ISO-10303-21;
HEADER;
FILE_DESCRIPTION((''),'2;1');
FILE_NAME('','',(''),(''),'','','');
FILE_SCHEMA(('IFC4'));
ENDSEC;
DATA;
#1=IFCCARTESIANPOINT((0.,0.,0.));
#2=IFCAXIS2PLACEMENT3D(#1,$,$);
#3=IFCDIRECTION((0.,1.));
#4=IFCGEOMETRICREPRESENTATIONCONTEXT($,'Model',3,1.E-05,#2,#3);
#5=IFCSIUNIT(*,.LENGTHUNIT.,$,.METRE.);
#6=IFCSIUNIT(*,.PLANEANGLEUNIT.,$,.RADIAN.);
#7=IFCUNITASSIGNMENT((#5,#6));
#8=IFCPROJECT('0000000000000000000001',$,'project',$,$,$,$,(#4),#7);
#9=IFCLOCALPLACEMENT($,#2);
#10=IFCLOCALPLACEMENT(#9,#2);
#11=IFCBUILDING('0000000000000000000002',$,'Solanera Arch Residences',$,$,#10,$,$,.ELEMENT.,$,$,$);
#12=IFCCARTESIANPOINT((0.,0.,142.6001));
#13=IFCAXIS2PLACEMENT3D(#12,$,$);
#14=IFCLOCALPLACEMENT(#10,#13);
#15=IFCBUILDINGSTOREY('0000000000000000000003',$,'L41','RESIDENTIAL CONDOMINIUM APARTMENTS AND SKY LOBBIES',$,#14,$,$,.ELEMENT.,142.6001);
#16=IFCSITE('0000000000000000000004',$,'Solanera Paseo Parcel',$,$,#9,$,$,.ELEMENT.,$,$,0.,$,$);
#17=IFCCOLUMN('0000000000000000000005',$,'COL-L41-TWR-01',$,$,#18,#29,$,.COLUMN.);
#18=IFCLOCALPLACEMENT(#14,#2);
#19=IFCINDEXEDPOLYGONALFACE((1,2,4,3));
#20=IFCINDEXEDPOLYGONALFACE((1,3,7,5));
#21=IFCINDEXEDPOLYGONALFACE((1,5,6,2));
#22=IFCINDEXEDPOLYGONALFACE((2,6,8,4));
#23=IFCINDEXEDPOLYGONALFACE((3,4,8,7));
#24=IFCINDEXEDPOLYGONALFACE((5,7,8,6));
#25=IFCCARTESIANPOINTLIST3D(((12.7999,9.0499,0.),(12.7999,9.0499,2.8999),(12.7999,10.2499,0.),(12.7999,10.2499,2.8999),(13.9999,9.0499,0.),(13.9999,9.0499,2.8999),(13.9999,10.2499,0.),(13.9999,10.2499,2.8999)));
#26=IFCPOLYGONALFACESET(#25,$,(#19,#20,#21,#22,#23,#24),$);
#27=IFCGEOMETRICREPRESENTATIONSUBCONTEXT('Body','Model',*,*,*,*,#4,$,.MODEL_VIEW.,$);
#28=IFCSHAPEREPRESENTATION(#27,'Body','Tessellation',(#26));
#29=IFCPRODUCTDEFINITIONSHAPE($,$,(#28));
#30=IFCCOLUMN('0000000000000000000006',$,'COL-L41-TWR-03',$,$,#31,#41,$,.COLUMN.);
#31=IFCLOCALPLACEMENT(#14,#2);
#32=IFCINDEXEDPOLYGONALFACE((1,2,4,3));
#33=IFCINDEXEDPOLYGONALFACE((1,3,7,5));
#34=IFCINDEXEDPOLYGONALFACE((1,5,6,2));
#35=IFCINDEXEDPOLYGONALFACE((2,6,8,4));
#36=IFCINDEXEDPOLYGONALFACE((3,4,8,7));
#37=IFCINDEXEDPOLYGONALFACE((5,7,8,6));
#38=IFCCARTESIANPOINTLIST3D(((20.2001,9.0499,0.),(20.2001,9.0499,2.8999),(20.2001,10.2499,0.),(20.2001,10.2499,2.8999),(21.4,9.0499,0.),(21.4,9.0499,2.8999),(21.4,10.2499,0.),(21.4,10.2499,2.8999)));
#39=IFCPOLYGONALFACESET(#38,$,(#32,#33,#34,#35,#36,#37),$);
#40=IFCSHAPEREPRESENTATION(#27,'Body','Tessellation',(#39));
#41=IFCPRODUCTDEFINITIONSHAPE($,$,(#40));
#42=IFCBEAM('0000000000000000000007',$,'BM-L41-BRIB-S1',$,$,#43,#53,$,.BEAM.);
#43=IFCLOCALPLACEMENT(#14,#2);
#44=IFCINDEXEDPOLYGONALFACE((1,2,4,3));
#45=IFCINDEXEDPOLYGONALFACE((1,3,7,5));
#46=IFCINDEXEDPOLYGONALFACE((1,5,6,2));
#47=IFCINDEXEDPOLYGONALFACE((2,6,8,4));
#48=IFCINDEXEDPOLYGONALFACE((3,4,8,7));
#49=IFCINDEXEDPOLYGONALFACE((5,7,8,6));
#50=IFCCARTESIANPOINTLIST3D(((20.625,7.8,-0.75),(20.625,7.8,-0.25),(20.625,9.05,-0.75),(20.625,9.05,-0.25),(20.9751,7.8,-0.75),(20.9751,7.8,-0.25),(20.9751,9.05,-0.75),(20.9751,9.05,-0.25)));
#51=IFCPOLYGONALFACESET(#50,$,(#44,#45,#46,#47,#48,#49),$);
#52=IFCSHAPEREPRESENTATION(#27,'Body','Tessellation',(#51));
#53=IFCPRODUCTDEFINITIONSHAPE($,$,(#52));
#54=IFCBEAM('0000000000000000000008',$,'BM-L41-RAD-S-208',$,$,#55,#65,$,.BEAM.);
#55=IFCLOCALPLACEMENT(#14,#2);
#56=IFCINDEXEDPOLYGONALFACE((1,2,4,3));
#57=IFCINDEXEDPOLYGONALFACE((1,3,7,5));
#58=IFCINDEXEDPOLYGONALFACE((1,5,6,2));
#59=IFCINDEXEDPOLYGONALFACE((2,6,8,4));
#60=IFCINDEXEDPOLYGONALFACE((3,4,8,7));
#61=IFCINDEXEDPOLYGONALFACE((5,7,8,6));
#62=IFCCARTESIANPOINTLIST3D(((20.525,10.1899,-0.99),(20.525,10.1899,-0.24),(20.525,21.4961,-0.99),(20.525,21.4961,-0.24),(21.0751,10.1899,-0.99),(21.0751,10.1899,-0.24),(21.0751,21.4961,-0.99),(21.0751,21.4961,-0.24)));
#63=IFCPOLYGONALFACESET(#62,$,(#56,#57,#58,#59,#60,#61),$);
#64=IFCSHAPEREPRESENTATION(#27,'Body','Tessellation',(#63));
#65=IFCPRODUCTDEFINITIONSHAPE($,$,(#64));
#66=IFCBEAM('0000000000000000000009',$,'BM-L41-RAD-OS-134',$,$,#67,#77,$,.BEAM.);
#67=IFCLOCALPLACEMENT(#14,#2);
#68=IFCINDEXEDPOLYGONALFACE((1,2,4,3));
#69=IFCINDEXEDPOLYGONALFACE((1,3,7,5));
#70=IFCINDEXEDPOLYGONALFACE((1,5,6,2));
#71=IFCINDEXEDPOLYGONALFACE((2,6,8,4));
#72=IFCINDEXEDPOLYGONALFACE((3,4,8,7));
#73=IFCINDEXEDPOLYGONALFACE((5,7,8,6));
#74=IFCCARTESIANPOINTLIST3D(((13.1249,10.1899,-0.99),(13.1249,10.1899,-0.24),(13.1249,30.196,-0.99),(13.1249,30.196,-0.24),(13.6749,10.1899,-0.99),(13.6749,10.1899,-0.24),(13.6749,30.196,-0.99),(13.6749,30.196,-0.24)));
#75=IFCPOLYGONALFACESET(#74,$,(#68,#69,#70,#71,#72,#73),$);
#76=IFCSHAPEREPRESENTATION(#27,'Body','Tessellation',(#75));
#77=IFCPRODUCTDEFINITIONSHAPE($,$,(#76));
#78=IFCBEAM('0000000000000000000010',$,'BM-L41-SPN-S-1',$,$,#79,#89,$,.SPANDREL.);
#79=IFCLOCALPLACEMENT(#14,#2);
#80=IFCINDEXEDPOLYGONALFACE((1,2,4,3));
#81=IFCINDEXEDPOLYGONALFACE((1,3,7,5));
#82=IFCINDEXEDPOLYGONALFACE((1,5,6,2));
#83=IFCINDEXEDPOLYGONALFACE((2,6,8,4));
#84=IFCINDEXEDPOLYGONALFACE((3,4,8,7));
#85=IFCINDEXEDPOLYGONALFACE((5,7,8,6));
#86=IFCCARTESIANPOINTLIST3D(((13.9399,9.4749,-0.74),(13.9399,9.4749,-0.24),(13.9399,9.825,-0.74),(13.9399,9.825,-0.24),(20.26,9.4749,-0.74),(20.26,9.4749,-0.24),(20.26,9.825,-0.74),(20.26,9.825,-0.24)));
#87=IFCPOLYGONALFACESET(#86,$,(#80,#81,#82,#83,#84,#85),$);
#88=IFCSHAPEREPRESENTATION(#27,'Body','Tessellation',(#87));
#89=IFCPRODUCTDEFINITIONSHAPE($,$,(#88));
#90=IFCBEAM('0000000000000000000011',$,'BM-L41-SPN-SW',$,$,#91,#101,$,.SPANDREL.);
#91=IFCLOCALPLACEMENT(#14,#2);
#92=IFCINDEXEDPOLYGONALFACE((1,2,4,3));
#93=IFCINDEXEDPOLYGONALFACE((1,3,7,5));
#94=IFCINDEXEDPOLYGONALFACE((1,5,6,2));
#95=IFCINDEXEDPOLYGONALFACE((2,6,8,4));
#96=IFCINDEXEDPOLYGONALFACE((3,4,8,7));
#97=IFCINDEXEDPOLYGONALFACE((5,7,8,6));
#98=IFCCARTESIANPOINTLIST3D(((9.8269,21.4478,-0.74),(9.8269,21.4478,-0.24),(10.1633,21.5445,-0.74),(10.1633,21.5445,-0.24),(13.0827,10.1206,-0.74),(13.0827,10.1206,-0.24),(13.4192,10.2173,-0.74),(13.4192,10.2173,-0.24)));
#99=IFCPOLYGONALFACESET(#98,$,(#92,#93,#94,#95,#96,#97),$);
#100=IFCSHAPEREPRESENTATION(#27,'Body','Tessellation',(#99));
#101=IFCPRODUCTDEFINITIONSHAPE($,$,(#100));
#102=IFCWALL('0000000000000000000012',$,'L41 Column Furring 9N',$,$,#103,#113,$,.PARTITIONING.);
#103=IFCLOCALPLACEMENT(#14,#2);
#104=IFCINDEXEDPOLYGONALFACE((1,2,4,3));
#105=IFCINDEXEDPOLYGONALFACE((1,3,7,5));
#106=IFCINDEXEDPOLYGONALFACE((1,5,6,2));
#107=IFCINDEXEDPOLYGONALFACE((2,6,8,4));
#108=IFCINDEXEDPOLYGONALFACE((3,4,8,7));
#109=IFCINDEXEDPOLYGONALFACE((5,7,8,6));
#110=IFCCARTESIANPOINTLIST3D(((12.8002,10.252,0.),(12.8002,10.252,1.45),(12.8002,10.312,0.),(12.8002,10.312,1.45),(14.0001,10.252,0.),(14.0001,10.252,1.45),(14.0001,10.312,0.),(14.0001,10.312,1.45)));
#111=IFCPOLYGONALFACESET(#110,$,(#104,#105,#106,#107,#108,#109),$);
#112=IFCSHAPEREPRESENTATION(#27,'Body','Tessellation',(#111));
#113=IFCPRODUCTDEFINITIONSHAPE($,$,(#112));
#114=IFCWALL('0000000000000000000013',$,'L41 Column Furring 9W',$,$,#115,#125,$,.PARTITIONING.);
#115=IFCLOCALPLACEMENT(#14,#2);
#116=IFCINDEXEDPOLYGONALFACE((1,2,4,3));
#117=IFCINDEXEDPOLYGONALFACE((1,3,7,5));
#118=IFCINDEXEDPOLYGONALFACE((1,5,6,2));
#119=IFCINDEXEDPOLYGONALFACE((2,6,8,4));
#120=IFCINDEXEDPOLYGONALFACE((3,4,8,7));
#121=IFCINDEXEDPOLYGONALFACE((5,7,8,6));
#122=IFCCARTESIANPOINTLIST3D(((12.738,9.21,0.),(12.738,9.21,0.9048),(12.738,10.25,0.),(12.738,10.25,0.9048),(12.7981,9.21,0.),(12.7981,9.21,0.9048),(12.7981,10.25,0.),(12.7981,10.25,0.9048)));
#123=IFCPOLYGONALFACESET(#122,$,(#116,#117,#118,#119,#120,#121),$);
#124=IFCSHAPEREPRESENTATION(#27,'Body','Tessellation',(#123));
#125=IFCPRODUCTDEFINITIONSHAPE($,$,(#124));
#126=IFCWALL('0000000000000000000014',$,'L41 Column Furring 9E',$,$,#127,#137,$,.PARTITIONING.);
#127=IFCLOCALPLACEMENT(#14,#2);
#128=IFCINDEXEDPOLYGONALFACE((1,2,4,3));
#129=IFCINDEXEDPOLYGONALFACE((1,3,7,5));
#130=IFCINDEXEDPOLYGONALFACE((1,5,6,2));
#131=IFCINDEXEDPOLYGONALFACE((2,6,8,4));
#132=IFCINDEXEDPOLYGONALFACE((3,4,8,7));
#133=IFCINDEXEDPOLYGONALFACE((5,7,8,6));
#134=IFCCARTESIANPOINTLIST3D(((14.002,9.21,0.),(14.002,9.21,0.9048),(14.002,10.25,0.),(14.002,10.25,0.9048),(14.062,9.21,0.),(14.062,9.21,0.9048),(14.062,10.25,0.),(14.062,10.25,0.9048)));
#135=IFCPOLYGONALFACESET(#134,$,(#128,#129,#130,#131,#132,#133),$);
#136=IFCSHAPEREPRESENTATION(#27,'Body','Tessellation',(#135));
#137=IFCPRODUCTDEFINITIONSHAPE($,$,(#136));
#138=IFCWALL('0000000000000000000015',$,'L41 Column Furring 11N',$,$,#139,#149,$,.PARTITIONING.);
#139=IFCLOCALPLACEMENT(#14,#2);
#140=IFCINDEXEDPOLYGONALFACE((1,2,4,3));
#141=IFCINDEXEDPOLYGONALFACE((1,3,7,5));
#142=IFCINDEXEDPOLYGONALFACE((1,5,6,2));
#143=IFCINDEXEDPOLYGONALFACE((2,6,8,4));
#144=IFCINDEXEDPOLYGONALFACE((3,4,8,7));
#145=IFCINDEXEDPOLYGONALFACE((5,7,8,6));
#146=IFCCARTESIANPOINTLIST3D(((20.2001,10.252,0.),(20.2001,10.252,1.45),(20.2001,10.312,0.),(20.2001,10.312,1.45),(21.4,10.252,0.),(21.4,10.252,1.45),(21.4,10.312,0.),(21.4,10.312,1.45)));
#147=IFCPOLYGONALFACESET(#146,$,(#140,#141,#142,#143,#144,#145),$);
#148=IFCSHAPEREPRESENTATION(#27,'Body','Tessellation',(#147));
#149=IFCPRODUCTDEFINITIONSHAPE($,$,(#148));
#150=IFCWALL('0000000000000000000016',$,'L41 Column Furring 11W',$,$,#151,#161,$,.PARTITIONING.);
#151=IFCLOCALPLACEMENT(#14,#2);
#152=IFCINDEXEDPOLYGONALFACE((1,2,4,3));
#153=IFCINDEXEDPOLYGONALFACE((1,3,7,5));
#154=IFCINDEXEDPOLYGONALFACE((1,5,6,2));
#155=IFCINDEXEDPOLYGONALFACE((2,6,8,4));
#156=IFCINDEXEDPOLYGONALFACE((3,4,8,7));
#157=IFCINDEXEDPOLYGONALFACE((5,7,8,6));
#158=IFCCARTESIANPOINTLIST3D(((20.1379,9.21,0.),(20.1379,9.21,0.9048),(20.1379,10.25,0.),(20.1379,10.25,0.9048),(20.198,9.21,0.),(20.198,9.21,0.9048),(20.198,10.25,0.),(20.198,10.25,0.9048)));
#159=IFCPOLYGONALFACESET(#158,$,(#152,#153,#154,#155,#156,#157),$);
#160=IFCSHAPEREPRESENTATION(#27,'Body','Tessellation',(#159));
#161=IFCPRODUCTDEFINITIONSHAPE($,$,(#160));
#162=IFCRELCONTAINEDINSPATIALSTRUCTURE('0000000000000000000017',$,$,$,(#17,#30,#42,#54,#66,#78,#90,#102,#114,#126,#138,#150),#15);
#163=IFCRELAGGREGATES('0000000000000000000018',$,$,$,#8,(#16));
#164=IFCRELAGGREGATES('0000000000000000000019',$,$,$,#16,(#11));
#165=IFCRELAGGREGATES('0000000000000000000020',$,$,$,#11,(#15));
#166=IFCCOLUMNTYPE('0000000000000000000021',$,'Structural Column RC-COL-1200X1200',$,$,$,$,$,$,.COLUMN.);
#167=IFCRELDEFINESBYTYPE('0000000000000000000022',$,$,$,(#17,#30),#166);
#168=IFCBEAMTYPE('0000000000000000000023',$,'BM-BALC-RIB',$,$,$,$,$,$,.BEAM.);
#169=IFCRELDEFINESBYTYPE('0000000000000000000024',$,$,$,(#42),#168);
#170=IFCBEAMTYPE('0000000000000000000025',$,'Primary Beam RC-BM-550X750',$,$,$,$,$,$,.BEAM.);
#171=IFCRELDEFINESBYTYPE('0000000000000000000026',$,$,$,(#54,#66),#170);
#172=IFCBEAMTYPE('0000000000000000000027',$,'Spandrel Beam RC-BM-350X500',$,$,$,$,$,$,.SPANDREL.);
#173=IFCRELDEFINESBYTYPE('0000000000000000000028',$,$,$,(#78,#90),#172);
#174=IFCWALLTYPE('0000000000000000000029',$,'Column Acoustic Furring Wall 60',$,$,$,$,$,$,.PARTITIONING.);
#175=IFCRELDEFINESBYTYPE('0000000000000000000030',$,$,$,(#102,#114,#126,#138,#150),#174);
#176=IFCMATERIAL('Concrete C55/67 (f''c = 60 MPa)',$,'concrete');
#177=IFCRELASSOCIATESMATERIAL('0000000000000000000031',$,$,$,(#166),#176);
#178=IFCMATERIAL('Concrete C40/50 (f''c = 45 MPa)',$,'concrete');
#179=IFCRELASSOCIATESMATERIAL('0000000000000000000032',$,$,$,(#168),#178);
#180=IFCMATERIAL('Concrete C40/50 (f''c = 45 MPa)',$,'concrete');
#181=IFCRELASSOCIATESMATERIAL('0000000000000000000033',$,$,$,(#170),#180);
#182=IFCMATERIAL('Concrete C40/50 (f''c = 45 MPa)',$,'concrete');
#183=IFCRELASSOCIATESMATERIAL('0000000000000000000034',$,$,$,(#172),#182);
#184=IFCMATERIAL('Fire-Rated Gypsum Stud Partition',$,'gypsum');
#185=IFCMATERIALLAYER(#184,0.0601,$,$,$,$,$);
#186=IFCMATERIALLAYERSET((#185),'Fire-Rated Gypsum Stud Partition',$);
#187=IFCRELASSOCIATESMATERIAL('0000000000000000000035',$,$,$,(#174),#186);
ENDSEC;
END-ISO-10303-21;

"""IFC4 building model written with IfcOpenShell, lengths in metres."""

from ifc_helpers import new_model, si_unit, direction, frame, frame_2d, origin, origin_2d, place, context, subcontext, project, spatial, rectangle, extrude, material, layer, layer_set, material_profile, profile_set, type_object, element, save


model = new_model("IFC4")

# Units and contexts
model_context = context("Model", 3, precision=1e-05, world=origin(), true_north=direction((0.0, 1.0)))
body_context = subcontext(model_context, "Body", "Model", "MODEL_VIEW")
ifc_project = project(units=[si_unit("LENGTHUNIT", "METRE"), si_unit("PLANEANGLEUNIT", "RADIAN")], contexts=[model_context])

# Site, building, storey
site_placement = place(None, origin())
site = spatial("IfcSite", under=ifc_project, at=site_placement, Name="Solanera Paseo Parcel", CompositionType="ELEMENT", RefElevation=0.0)
building_placement = place(site_placement, origin())
building = spatial("IfcBuilding", under=site, at=building_placement, Name="Solanera Arch Residences", CompositionType="ELEMENT")
storey_placement = place(building_placement, frame((0.0, 0.0, 142.6001)))
storey = spatial("IfcBuildingStorey", under=building, at=storey_placement, Name="L41", Description="RESIDENTIAL CONDOMINIUM APARTMENTS AND SKY LOBBIES", CompositionType="ELEMENT", Elevation=142.6001)

# Columns
ifc_material_1 = material(Name="Concrete C55/67 (f'c = 60 MPa)", Category="concrete")
ifc_material_profile_1 = material_profile(ifc_material_1, rectangle(XDim=1.2, YDim=1.2, at=origin_2d()))
ifc_profile_set_1 = profile_set([ifc_material_profile_1], Name="Concrete C55/67 (f'c = 60 MPa)")
column_type = type_object("IfcColumnType", Name="Structural Column RC-COL-1200X1200", PredefinedType="COLUMN", material=ifc_profile_set_1)
for number, where, z_axis, x_axis, name in (
    (1, (13.3999, 9.6499, 0.0), (0.0, 0.0, 1.0), (1.0, 0.0, 0.0), "COL-L41-TWR-01"),
    (2, (20.8, 9.6499, 0.0), (0.0, 0.0, 1.0), (1.0, 0.0, 0.0), "COL-L41-TWR-03"),
):
    element("IfcColumn", number, at=place(storey_placement, frame(where, z_axis=z_axis, x_axis=x_axis)), inside=storey, type_object=column_type, Name=name, PredefinedType="COLUMN", context=body_context, shape_type="SweptSolid", body=[
        extrude(rectangle(XDim=1.2, YDim=1.2, at=origin_2d()), origin(), (0.0, 0.0, 1.0), 2.8999),
    ])

# Beams
ifc_material_2 = material(Name="Concrete C40/50 (f'c = 45 MPa)", Category="concrete")
ifc_material_profile_2 = material_profile(ifc_material_2, rectangle(XDim=0.3501, YDim=0.5, at=origin_2d()))
ifc_profile_set_2 = profile_set([ifc_material_profile_2], Name="Concrete C40/50 (f'c = 45 MPa)")
beam_type_1 = type_object("IfcBeamType", Name="BM-BALC-RIB", PredefinedType="BEAM", material=ifc_profile_set_2)
beam_1_placement = place(storey_placement, frame((20.8, 7.8, -0.5), z_axis=(0.0, 1.0, 0.0), x_axis=(-1.0, 0.0, 0.0)))
element("IfcBeam", 3, at=beam_1_placement, inside=storey, type_object=beam_type_1, Name="BM-L41-BRIB-S1", PredefinedType="BEAM", context=body_context, shape_type="SweptSolid", body=[
    extrude(rectangle(XDim=0.3501, YDim=0.5, at=origin_2d()), origin(), (0.0, 0.0, 1.0), 1.25),
])
ifc_material_3 = material(Name="Concrete C40/50 (f'c = 45 MPa)", Category="concrete")
ifc_material_profile_3 = material_profile(ifc_material_3, rectangle(XDim=0.55, YDim=0.75, at=origin_2d()))
ifc_profile_set_3 = profile_set([ifc_material_profile_3], Name="Concrete C40/50 (f'c = 45 MPa)")
beam_type_2 = type_object("IfcBeamType", Name="Primary Beam RC-BM-550X750", PredefinedType="BEAM", material=ifc_profile_set_3)
beam_2_placement = place(storey_placement, frame((20.8, 10.1899, -0.615), z_axis=(0.0, 1.0, 0.0), x_axis=(-1.0, 0.0, 0.0)))
element("IfcBeam", 4, at=beam_2_placement, inside=storey, type_object=beam_type_2, Name="BM-L41-RAD-S-208", PredefinedType="BEAM", context=body_context, shape_type="SweptSolid", body=[
    extrude(rectangle(XDim=0.55, YDim=0.75, at=origin_2d()), origin(), (0.0, 0.0, 1.0), 11.3062),
])
beam_3_placement = place(storey_placement, frame((13.3999, 10.1899, -0.615), z_axis=(0.0, 1.0, 0.0), x_axis=(-1.0, 0.0, 0.0)))
element("IfcBeam", 5, at=beam_3_placement, inside=storey, type_object=beam_type_2, Name="BM-L41-RAD-OS-134", PredefinedType="BEAM", context=body_context, shape_type="SweptSolid", body=[
    extrude(rectangle(XDim=0.55, YDim=0.75, at=origin_2d()), origin(), (0.0, 0.0, 1.0), 20.0061),
])
ifc_material_4 = material(Name="Concrete C40/50 (f'c = 45 MPa)", Category="concrete")
ifc_material_profile_4 = material_profile(ifc_material_4, rectangle(XDim=0.3501, YDim=0.5, at=origin_2d()))
ifc_profile_set_4 = profile_set([ifc_material_profile_4], Name="Concrete C40/50 (f'c = 45 MPa)")
beam_type_3 = type_object("IfcBeamType", Name="Spandrel Beam RC-BM-350X500", PredefinedType="SPANDREL", material=ifc_profile_set_4)
beam_4_placement = place(storey_placement, frame((13.9399, 9.6499, -0.49), z_axis=(1.0, 0.0, 0.0), x_axis=(0.0, 1.0, 0.0)))
element("IfcBeam", 6, at=beam_4_placement, inside=storey, type_object=beam_type_3, Name="BM-L41-SPN-S-1", PredefinedType="SPANDREL", context=body_context, shape_type="SweptSolid", body=[
    extrude(rectangle(XDim=0.3501, YDim=0.5, at=origin_2d()), origin(), (0.0, 0.0, 1.0), 6.3201),
])
beam_5_placement = place(storey_placement, frame((13.251, 10.1689, -0.49), z_axis=(-0.276253, 0.961085, 0.0), x_axis=(-0.961085, -0.276253, 0.0)))
element("IfcBeam", 7, at=beam_5_placement, inside=storey, type_object=beam_type_3, Name="BM-L41-SPN-SW", PredefinedType="SPANDREL", context=body_context, shape_type="SweptSolid", body=[
    extrude(rectangle(XDim=0.3501, YDim=0.5, at=origin_2d()), origin(), (0.0, 0.0, 1.0), 11.7859),
])

# Walls
ifc_material_5 = material(Name="Fire-Rated Gypsum Stud Partition", Category="gypsum")
ifc_layer_1 = layer(ifc_material_5, 0.0601)
ifc_layer_set_1 = layer_set([ifc_layer_1], Name="Fire-Rated Gypsum Stud Partition")
wall_type_1 = type_object("IfcWallType", Name="Column Acoustic Furring Wall 60", PredefinedType="PARTITIONING", material=ifc_layer_set_1)
wall_1_placement = place(storey_placement, frame((12.8, 10.282, 0.0), z_axis=(0.0, 0.0, 1.0), x_axis=(1.0, 0.0, 0.0)))
element("IfcWall", 8, at=wall_1_placement, inside=storey, type_object=wall_type_1, Name="L41 Column Furring 9N", PredefinedType="PARTITIONING", context=body_context, shape_type="SweptSolid", body=[
    extrude(rectangle(XDim=1.2, YDim=0.0601, at=frame_2d((0.6001, 0.0))), origin(), (0.0, 0.0, 1.0), 1.45),
])
for number, where, z_axis, x_axis, name in (
    (9, (12.7681, 9.21, 0.0), (0.0, 0.0, 1.0), (0.0, 1.0, 0.0), "L41 Column Furring 9W"),
    (10, (14.032, 9.21, 0.0), (0.0, 0.0, 1.0), (0.0, 1.0, 0.0), "L41 Column Furring 9E"),
):
    element("IfcWall", number, at=place(storey_placement, frame(where, z_axis=z_axis, x_axis=x_axis)), inside=storey, type_object=wall_type_1, Name=name, PredefinedType="PARTITIONING", context=body_context, shape_type="SweptSolid", body=[
        extrude(rectangle(XDim=1.04, YDim=0.0601, at=frame_2d((0.52, 0.0))), origin(), (0.0, 0.0, 1.0), 0.9048),
    ])
wall_2_placement = place(storey_placement, frame((20.2, 10.282, 0.0), z_axis=(0.0, 0.0, 1.0), x_axis=(1.0, 0.0, 0.0)))
element("IfcWall", 11, at=wall_2_placement, inside=storey, type_object=wall_type_1, Name="L41 Column Furring 11N", PredefinedType="PARTITIONING", context=body_context, shape_type="SweptSolid", body=[
    extrude(rectangle(XDim=1.2, YDim=0.0601, at=frame_2d((0.6001, 0.0))), origin(), (0.0, 0.0, 1.0), 1.45),
])
wall_3_placement = place(storey_placement, frame((20.168, 9.21, 0.0), z_axis=(0.0, 0.0, 1.0), x_axis=(0.0, 1.0, 0.0)))
element("IfcWall", 12, at=wall_3_placement, inside=storey, type_object=wall_type_1, Name="L41 Column Furring 11W", PredefinedType="PARTITIONING", context=body_context, shape_type="SweptSolid", body=[
    extrude(rectangle(XDim=1.04, YDim=0.0601, at=frame_2d((0.52, 0.0))), origin(), (0.0, 0.0, 1.0), 0.9048),
])

save(model, "model.ifc")
